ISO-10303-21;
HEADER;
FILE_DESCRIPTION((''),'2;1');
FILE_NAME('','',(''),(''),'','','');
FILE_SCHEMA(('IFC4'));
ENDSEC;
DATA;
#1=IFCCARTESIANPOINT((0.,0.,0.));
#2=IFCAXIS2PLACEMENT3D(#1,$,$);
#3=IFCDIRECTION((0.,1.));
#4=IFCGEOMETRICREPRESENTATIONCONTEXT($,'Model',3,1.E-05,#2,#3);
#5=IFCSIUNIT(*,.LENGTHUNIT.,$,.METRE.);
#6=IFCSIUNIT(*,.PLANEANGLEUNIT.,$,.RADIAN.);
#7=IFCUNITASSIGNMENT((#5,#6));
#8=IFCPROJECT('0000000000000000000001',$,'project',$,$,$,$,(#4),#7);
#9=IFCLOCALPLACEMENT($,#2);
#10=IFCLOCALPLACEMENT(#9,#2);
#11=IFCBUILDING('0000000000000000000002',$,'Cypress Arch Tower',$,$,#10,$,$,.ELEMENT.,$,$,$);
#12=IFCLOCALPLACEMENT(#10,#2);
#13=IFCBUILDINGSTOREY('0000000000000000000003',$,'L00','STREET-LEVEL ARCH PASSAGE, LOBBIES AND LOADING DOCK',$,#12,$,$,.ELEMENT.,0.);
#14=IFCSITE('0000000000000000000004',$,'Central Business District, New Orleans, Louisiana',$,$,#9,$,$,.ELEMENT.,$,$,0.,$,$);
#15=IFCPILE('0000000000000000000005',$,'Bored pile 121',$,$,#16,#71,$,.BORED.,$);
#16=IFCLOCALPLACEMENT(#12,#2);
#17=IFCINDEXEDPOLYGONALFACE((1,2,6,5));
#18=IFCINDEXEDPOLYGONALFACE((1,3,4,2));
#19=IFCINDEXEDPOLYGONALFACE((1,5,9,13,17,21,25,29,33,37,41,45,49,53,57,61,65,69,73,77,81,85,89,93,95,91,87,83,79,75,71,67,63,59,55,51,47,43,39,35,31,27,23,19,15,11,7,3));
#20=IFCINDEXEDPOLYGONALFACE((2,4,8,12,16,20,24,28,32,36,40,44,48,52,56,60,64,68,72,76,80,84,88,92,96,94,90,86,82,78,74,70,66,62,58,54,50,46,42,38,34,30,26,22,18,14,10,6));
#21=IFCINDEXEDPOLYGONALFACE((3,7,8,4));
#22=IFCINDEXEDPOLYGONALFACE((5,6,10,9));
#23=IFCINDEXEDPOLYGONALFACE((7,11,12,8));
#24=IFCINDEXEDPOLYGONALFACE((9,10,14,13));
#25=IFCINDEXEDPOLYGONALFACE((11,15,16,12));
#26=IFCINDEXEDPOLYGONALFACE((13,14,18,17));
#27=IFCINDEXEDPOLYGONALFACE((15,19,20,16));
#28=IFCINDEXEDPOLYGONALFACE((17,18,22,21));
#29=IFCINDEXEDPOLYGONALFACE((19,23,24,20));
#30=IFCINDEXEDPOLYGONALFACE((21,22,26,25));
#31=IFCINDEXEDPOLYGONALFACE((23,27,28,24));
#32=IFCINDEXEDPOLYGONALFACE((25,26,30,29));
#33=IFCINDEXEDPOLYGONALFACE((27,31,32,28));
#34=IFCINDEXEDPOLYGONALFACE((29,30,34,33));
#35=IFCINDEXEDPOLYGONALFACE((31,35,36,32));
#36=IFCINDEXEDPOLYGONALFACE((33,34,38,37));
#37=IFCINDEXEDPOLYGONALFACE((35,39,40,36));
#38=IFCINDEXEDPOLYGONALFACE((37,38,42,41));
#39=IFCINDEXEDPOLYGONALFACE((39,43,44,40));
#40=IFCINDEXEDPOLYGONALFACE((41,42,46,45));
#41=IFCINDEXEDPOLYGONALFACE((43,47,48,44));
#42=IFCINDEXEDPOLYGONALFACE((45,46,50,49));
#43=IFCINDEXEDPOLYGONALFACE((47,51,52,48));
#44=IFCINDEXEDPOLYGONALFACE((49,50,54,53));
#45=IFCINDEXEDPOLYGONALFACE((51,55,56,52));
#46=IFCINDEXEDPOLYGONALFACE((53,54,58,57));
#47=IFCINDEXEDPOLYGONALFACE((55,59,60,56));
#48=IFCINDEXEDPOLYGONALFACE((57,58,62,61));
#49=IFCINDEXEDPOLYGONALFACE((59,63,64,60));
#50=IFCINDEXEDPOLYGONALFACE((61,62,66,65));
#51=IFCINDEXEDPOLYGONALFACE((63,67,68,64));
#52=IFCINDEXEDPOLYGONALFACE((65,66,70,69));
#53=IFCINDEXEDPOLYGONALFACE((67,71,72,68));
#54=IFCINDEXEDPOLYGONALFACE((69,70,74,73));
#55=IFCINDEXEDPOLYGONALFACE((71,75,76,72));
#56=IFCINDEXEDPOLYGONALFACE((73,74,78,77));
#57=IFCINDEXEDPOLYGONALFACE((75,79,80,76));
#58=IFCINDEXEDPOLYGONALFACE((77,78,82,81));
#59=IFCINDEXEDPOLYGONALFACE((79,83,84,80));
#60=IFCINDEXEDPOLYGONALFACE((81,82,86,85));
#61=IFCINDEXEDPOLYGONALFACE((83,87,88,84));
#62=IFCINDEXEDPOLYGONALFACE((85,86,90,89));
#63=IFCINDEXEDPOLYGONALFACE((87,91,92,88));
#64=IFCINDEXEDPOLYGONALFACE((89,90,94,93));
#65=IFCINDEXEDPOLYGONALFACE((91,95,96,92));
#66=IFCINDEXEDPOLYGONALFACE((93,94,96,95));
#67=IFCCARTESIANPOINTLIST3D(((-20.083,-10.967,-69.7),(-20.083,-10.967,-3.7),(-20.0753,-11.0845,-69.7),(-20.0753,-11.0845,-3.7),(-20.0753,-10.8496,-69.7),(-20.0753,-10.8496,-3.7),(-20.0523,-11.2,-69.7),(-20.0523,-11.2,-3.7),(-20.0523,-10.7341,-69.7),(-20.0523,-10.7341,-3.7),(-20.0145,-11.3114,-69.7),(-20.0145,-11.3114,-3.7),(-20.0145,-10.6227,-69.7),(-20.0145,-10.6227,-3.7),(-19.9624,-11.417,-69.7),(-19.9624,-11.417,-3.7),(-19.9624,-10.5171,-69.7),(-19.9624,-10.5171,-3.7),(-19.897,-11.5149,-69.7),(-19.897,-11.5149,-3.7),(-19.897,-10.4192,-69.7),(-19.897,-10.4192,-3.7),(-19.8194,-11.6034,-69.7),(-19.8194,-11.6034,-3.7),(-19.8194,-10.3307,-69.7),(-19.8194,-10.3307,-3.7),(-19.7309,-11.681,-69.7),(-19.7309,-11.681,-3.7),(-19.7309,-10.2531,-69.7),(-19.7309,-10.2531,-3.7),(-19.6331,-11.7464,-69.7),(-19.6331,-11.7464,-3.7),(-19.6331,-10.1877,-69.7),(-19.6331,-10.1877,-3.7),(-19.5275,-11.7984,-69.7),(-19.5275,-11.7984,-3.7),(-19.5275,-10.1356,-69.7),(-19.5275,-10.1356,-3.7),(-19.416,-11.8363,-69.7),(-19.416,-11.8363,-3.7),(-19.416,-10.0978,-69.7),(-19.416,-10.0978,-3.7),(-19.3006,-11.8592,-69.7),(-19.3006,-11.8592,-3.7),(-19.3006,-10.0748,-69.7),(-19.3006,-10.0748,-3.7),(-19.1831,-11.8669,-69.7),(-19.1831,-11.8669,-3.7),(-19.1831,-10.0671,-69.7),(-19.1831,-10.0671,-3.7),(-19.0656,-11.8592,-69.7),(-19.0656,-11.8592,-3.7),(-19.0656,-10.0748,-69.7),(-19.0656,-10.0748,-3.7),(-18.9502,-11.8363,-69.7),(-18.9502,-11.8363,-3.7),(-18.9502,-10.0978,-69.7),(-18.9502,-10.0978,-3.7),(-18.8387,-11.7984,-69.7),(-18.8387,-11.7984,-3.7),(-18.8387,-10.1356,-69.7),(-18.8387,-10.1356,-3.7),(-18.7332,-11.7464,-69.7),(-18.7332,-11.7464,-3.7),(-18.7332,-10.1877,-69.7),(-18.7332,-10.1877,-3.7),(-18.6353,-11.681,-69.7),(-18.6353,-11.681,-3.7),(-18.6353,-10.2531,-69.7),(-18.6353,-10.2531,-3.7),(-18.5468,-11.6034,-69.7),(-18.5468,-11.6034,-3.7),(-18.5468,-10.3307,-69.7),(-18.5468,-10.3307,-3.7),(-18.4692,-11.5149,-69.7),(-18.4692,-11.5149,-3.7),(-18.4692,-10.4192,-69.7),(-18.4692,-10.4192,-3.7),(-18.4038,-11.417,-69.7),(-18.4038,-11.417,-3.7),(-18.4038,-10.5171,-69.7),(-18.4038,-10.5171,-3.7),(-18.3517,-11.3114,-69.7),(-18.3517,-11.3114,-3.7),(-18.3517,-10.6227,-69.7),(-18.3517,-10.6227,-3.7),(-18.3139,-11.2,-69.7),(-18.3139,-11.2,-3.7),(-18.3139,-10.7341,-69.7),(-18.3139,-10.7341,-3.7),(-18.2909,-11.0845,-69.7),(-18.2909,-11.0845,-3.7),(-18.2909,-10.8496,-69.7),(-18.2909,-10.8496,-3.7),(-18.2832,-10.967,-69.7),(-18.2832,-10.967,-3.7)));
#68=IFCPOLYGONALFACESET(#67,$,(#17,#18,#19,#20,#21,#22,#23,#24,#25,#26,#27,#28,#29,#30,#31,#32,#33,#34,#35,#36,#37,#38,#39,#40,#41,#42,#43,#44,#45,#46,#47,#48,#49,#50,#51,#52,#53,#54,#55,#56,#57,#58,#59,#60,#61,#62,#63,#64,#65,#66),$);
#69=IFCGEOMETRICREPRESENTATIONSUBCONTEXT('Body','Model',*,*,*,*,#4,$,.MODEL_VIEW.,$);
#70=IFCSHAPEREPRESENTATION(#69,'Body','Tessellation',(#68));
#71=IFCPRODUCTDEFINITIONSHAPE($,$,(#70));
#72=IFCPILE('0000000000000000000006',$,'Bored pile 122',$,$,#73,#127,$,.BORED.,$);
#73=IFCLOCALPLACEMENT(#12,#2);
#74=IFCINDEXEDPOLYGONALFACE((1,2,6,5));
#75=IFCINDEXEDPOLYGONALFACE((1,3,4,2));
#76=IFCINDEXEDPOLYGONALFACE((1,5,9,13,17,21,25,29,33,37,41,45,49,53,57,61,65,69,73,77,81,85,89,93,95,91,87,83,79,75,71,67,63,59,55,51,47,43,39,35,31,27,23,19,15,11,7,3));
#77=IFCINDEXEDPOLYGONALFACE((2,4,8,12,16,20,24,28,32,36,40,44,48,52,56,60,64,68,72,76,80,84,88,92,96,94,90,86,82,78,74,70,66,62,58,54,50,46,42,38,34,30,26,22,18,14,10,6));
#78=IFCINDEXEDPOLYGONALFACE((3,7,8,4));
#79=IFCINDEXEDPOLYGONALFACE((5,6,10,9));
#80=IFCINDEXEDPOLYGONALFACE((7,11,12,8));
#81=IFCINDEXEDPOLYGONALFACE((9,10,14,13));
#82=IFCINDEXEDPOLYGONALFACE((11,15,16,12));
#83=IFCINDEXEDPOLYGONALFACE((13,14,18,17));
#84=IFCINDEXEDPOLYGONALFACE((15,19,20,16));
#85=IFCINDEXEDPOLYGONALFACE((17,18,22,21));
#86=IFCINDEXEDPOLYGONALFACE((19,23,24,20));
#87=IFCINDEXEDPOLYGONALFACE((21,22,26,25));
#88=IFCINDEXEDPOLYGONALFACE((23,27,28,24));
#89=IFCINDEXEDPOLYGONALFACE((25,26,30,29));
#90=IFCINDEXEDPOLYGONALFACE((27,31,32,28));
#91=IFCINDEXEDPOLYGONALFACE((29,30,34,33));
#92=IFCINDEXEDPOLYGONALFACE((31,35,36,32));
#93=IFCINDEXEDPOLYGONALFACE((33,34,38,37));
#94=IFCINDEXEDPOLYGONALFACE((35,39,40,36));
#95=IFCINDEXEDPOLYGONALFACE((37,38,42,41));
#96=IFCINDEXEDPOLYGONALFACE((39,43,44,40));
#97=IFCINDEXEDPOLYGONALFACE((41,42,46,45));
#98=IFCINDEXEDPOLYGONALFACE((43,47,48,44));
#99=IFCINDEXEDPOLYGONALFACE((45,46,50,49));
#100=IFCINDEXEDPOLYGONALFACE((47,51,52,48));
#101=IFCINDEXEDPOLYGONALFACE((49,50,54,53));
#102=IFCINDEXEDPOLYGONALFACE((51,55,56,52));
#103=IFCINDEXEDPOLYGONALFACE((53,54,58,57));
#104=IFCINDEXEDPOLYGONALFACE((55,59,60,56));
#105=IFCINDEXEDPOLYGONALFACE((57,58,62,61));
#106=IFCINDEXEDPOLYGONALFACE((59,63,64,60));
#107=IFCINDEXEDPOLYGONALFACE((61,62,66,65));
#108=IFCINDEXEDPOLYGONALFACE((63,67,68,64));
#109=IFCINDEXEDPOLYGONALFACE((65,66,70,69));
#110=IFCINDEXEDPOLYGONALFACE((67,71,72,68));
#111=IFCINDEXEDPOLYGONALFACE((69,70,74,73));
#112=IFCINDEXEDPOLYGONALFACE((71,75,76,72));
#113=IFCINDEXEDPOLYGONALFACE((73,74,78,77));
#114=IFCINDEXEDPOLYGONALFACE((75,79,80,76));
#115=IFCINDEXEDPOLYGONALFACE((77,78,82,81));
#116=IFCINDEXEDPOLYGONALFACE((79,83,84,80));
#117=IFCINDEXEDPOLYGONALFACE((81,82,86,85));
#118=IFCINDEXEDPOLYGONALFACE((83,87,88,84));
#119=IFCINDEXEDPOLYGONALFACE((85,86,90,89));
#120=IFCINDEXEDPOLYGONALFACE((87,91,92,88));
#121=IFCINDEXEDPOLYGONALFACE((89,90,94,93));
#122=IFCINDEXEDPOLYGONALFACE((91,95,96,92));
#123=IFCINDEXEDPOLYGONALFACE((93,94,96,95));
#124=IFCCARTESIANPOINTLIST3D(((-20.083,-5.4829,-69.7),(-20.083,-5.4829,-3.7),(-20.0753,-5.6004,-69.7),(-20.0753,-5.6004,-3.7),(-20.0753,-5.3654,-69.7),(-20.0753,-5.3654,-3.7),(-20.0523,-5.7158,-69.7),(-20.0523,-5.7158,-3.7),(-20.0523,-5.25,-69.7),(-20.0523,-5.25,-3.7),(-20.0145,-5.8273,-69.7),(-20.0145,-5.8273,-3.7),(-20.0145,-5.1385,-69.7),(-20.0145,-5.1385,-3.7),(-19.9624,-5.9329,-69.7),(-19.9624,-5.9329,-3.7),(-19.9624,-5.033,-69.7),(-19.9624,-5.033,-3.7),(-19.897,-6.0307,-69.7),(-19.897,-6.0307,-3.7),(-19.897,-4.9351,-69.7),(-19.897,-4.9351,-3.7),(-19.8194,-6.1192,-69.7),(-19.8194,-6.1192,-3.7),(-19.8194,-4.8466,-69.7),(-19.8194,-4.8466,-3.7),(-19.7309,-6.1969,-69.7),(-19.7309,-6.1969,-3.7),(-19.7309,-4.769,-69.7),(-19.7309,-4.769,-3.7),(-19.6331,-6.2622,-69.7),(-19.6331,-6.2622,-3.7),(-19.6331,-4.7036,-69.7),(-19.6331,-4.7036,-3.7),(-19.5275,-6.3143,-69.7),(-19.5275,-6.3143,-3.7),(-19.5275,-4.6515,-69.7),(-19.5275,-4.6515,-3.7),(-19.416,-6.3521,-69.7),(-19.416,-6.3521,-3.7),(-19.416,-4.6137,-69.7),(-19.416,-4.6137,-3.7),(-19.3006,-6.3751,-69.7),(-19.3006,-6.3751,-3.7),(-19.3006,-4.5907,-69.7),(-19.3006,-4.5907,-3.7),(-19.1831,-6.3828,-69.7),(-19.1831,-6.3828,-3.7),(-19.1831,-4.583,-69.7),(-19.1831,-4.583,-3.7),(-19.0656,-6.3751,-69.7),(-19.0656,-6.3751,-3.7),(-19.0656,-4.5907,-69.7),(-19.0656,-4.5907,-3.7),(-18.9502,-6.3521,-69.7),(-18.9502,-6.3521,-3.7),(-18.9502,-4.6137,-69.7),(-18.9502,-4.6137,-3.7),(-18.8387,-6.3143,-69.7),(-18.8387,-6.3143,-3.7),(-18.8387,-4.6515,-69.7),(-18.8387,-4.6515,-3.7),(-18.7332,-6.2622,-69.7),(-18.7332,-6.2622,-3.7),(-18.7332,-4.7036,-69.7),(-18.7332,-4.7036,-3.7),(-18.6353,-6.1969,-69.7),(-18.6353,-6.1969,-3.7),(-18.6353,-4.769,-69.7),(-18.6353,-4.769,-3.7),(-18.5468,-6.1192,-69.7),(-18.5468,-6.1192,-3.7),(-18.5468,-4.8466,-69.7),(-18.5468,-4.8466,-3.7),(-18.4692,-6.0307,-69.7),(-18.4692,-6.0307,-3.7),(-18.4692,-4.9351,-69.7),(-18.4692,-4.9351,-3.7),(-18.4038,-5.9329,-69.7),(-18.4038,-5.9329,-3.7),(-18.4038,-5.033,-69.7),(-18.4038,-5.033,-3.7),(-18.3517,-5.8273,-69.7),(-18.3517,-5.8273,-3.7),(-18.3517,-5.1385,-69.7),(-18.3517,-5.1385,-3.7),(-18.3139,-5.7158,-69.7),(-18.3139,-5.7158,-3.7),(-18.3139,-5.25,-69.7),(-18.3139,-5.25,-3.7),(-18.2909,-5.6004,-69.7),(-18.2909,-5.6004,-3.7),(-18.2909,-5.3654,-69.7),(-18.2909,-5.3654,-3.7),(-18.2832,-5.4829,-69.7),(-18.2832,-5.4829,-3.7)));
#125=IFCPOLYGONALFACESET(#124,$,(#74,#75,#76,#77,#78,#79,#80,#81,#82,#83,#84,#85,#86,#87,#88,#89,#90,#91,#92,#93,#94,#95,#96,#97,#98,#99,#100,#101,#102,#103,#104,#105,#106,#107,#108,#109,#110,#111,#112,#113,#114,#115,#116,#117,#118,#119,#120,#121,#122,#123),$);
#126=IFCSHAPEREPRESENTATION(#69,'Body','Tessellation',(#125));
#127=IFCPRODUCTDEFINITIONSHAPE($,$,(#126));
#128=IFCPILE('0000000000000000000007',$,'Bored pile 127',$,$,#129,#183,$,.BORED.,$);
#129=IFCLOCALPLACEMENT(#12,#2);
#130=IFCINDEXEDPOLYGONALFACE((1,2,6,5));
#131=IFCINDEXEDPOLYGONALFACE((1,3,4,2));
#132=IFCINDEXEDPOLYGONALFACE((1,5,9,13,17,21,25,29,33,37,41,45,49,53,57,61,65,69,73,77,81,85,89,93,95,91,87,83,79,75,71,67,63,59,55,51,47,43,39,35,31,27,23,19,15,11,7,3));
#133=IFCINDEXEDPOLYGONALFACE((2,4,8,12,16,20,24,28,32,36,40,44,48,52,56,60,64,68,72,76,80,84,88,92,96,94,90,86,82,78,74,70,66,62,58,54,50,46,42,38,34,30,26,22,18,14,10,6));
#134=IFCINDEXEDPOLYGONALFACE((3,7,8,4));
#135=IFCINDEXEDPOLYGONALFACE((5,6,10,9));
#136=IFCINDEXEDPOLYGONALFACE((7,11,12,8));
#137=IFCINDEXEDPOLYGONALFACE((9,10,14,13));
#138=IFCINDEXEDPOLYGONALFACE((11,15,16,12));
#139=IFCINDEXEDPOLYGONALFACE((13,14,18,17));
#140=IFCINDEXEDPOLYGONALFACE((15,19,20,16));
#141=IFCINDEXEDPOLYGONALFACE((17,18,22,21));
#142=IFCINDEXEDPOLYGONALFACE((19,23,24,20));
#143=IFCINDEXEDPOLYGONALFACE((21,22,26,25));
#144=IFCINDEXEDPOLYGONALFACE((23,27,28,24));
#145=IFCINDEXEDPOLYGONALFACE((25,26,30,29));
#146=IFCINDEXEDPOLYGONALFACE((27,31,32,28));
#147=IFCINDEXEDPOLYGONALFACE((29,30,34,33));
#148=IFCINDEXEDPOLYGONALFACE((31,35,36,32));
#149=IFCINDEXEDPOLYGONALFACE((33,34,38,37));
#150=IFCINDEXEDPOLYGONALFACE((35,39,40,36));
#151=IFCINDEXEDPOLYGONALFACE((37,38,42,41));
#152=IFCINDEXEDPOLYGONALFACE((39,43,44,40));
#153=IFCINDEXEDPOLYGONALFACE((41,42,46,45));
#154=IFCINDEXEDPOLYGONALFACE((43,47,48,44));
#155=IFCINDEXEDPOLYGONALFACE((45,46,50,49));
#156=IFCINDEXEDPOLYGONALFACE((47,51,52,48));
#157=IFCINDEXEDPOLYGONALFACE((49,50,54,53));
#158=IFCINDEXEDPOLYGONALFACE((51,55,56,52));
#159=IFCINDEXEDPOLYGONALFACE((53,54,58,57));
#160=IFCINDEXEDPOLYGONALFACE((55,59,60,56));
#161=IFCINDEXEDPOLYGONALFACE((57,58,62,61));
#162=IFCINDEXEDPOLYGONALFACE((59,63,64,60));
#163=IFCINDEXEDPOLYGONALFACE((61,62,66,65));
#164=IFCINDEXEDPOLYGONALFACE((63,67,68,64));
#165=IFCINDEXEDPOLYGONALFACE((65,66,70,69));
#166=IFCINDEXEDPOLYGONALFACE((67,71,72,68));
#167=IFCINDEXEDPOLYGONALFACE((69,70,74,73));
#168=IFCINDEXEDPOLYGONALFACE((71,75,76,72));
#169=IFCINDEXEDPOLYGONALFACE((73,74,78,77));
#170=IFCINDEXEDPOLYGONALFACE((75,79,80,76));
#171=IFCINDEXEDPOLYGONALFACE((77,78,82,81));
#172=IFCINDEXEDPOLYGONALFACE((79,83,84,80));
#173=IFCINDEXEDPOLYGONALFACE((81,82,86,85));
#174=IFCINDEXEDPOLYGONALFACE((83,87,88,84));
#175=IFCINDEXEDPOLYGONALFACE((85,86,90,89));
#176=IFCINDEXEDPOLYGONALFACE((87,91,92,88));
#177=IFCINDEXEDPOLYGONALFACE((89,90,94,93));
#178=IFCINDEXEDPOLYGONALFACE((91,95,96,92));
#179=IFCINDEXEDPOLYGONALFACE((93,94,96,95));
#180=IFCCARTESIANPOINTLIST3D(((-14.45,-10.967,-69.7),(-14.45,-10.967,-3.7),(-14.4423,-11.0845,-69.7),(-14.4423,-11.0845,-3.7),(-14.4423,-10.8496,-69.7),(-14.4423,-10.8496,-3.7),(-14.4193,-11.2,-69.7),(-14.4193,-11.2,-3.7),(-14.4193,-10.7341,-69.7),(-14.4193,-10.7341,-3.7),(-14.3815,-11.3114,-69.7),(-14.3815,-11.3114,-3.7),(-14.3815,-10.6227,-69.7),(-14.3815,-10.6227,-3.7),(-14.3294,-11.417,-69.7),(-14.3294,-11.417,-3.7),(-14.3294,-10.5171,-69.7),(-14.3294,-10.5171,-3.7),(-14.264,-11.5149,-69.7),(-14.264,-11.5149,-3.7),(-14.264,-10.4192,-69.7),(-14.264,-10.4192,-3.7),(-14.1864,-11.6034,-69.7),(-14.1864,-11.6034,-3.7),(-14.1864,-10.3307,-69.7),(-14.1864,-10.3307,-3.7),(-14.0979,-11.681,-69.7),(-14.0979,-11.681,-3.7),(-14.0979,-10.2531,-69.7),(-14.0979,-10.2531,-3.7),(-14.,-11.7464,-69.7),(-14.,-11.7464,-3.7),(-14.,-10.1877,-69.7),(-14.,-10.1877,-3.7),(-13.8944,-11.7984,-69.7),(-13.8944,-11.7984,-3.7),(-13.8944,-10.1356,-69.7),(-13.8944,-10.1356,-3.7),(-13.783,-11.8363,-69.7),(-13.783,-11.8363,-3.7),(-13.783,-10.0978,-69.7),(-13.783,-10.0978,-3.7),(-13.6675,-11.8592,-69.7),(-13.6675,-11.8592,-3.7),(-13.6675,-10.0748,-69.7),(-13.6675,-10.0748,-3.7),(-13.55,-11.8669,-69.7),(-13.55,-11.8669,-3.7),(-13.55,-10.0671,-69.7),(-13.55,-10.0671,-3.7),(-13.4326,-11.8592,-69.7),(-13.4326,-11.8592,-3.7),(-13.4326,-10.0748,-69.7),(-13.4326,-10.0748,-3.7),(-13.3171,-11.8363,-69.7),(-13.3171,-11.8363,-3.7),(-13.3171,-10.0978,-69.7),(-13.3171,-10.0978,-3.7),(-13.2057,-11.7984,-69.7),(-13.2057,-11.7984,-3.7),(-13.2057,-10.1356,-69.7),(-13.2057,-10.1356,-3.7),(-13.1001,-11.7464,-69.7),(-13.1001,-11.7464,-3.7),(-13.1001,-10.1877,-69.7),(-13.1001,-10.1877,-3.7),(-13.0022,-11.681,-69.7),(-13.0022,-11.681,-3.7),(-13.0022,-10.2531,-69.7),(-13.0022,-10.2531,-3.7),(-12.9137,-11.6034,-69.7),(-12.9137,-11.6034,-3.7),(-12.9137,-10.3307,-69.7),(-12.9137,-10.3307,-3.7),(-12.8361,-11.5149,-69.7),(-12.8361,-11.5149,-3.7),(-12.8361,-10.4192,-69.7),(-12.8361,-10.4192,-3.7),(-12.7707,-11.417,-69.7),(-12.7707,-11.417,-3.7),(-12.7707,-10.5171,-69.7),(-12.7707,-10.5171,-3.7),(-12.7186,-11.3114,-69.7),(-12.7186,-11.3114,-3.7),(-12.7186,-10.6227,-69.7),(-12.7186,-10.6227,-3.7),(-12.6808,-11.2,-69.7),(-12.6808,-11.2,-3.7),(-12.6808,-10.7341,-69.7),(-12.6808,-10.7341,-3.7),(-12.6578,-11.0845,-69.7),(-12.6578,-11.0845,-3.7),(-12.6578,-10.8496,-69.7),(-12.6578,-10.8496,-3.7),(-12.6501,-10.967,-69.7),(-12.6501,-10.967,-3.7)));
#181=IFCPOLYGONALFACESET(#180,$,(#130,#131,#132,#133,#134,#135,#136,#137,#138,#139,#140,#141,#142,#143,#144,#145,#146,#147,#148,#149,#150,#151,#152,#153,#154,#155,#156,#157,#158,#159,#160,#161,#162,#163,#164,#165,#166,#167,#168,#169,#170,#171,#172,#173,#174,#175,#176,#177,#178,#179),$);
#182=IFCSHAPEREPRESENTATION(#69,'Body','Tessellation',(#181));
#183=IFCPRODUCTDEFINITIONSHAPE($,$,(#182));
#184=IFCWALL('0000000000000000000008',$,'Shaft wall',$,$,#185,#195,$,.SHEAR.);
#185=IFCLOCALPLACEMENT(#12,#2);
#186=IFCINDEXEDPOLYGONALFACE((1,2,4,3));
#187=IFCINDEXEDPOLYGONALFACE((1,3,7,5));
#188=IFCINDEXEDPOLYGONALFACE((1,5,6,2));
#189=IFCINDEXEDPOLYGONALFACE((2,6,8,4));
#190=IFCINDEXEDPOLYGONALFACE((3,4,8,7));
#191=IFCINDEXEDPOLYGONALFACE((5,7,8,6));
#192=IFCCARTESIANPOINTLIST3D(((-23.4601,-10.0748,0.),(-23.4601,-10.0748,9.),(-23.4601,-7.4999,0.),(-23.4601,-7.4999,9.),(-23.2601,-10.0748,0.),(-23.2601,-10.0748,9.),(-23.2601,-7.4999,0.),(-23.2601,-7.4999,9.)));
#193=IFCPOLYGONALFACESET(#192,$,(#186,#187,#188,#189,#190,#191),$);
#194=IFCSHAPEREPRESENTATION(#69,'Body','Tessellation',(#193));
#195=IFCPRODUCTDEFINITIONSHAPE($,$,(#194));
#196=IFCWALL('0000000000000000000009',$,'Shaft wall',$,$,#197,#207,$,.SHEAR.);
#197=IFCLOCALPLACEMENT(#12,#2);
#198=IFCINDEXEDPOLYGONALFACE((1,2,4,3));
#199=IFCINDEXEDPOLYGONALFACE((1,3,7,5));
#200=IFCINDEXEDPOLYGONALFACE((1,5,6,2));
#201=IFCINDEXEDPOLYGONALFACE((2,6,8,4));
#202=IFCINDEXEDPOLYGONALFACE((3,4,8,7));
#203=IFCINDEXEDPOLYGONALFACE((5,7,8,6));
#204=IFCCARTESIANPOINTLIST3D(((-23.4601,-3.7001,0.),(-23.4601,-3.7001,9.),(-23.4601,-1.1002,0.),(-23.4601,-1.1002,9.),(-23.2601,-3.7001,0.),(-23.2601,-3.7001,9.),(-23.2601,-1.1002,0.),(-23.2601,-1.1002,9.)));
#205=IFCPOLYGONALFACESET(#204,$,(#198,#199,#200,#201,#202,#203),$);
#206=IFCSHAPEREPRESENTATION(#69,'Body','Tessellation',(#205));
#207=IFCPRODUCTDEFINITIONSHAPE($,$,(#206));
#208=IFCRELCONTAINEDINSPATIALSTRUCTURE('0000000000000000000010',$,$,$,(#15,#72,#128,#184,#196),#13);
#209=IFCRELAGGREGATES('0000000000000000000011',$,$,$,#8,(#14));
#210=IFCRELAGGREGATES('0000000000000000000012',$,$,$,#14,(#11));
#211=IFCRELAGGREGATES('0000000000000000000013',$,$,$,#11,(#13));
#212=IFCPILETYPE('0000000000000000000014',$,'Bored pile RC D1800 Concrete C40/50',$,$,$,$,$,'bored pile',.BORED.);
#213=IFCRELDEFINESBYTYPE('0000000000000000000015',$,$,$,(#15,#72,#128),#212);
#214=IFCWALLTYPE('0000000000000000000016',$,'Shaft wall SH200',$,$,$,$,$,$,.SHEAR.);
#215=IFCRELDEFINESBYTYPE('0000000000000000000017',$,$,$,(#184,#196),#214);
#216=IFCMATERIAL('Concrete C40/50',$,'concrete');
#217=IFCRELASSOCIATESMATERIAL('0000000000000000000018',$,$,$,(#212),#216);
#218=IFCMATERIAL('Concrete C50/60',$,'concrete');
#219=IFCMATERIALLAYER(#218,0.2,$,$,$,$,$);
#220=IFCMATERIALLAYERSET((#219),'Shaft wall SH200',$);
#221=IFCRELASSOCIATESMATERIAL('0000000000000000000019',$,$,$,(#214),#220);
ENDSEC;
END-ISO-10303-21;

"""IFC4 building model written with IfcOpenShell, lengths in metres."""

from ifc_helpers import new_model, si_unit, direction, frame, frame_2d, origin, origin_2d, place, context, subcontext, project, spatial, rectangle, circle, extrude, material, layer, layer_set, material_profile, profile_set, type_object, element, save


model = new_model("IFC4")

# Units and contexts
model_context = context("Model", 3, precision=1e-05, world=origin(), true_north=direction((0.0, 1.0)))
body_context = subcontext(model_context, "Body", "Model", "MODEL_VIEW")
ifc_project = project(units=[si_unit("LENGTHUNIT", "METRE"), si_unit("PLANEANGLEUNIT", "RADIAN")], contexts=[model_context])

# Site, building, storey
site_placement = place(None, origin())
site = spatial("IfcSite", under=ifc_project, at=site_placement, Name="Central Business District, New Orleans, Louisiana", CompositionType="ELEMENT", RefElevation=0.0)
building_placement = place(site_placement, origin())
building = spatial("IfcBuilding", under=site, at=building_placement, Name="Cypress Arch Tower", CompositionType="ELEMENT")
storey_placement = place(building_placement, origin())
storey = spatial("IfcBuildingStorey", under=building, at=storey_placement, Name="L00", Description="STREET-LEVEL ARCH PASSAGE, LOBBIES AND LOADING DOCK", CompositionType="ELEMENT", Elevation=0.0)

# Piles
ifc_material_1 = material(Name="Concrete C40/50", Category="concrete")
ifc_material_profile = material_profile(ifc_material_1, circle(Radius=0.8999, at=origin_2d()), Name="RC D1800")
ifc_profile_set = profile_set([ifc_material_profile], Name="Concrete C40/50")
pile_type = type_object("IfcPileType", Name="Bored pile RC D1800 Concrete C40/50", ElementType="bored pile", PredefinedType="BORED", material=ifc_profile_set)
for number, where, z_axis, x_axis, name in (
    (1, (-19.1831, -10.967, -3.7), (0.0, 0.0, -1.0), (1.0, 0.0, 0.0), "Bored pile 121"),
    (2, (-19.1831, -5.4829, -3.7), (0.0, 0.0, -1.0), (1.0, 0.0, 0.0), "Bored pile 122"),
    (3, (-13.55, -10.967, -3.7), (0.0, 0.0, -1.0), (1.0, 0.0, 0.0), "Bored pile 127"),
):
    element("IfcPile", number, at=place(storey_placement, frame(where, z_axis=z_axis, x_axis=x_axis)), inside=storey, type_object=pile_type, Name=name, PredefinedType="BORED", context=body_context, shape_type="SweptSolid", body=[
        extrude(circle(Radius=0.8999, at=origin_2d()), origin(), (0.0, 0.0, 1.0), 66.0),
    ])

# Walls
ifc_material_2 = material(Name="Concrete C50/60", Category="concrete")
ifc_layer_1 = layer(ifc_material_2, 0.2)
ifc_layer_set_1 = layer_set([ifc_layer_1], Name="Shaft wall SH200")
wall_type_1 = type_object("IfcWallType", Name="Shaft wall SH200", PredefinedType="SHEAR", material=ifc_layer_set_1)
wall_1_placement = place(storey_placement, frame((-23.3601, -10.075, 0.0), z_axis=(0.0, 0.0, 1.0), x_axis=(0.0, 1.0, 0.0)))
element("IfcWall", 4, at=wall_1_placement, inside=storey, type_object=wall_type_1, Name="Shaft wall", PredefinedType="SHEAR", context=body_context, shape_type="SweptSolid", body=[
    extrude(rectangle(XDim=2.575, YDim=0.2, at=frame_2d((1.2876, 0.0))), origin(), (0.0, 0.0, 1.0), 9.0),
])
wall_2_placement = place(storey_placement, frame((-23.3601, -3.7, 0.0), z_axis=(0.0, 0.0, 1.0), x_axis=(0.0, 1.0, 0.0)))
element("IfcWall", 5, at=wall_2_placement, inside=storey, type_object=wall_type_1, Name="Shaft wall", PredefinedType="SHEAR", context=body_context, shape_type="SweptSolid", body=[
    extrude(rectangle(XDim=2.5999, YDim=0.2, at=frame_2d((1.2998, 0.0))), origin(), (0.0, 0.0, 1.0), 9.0),
])

save(model, "model.ifc")
